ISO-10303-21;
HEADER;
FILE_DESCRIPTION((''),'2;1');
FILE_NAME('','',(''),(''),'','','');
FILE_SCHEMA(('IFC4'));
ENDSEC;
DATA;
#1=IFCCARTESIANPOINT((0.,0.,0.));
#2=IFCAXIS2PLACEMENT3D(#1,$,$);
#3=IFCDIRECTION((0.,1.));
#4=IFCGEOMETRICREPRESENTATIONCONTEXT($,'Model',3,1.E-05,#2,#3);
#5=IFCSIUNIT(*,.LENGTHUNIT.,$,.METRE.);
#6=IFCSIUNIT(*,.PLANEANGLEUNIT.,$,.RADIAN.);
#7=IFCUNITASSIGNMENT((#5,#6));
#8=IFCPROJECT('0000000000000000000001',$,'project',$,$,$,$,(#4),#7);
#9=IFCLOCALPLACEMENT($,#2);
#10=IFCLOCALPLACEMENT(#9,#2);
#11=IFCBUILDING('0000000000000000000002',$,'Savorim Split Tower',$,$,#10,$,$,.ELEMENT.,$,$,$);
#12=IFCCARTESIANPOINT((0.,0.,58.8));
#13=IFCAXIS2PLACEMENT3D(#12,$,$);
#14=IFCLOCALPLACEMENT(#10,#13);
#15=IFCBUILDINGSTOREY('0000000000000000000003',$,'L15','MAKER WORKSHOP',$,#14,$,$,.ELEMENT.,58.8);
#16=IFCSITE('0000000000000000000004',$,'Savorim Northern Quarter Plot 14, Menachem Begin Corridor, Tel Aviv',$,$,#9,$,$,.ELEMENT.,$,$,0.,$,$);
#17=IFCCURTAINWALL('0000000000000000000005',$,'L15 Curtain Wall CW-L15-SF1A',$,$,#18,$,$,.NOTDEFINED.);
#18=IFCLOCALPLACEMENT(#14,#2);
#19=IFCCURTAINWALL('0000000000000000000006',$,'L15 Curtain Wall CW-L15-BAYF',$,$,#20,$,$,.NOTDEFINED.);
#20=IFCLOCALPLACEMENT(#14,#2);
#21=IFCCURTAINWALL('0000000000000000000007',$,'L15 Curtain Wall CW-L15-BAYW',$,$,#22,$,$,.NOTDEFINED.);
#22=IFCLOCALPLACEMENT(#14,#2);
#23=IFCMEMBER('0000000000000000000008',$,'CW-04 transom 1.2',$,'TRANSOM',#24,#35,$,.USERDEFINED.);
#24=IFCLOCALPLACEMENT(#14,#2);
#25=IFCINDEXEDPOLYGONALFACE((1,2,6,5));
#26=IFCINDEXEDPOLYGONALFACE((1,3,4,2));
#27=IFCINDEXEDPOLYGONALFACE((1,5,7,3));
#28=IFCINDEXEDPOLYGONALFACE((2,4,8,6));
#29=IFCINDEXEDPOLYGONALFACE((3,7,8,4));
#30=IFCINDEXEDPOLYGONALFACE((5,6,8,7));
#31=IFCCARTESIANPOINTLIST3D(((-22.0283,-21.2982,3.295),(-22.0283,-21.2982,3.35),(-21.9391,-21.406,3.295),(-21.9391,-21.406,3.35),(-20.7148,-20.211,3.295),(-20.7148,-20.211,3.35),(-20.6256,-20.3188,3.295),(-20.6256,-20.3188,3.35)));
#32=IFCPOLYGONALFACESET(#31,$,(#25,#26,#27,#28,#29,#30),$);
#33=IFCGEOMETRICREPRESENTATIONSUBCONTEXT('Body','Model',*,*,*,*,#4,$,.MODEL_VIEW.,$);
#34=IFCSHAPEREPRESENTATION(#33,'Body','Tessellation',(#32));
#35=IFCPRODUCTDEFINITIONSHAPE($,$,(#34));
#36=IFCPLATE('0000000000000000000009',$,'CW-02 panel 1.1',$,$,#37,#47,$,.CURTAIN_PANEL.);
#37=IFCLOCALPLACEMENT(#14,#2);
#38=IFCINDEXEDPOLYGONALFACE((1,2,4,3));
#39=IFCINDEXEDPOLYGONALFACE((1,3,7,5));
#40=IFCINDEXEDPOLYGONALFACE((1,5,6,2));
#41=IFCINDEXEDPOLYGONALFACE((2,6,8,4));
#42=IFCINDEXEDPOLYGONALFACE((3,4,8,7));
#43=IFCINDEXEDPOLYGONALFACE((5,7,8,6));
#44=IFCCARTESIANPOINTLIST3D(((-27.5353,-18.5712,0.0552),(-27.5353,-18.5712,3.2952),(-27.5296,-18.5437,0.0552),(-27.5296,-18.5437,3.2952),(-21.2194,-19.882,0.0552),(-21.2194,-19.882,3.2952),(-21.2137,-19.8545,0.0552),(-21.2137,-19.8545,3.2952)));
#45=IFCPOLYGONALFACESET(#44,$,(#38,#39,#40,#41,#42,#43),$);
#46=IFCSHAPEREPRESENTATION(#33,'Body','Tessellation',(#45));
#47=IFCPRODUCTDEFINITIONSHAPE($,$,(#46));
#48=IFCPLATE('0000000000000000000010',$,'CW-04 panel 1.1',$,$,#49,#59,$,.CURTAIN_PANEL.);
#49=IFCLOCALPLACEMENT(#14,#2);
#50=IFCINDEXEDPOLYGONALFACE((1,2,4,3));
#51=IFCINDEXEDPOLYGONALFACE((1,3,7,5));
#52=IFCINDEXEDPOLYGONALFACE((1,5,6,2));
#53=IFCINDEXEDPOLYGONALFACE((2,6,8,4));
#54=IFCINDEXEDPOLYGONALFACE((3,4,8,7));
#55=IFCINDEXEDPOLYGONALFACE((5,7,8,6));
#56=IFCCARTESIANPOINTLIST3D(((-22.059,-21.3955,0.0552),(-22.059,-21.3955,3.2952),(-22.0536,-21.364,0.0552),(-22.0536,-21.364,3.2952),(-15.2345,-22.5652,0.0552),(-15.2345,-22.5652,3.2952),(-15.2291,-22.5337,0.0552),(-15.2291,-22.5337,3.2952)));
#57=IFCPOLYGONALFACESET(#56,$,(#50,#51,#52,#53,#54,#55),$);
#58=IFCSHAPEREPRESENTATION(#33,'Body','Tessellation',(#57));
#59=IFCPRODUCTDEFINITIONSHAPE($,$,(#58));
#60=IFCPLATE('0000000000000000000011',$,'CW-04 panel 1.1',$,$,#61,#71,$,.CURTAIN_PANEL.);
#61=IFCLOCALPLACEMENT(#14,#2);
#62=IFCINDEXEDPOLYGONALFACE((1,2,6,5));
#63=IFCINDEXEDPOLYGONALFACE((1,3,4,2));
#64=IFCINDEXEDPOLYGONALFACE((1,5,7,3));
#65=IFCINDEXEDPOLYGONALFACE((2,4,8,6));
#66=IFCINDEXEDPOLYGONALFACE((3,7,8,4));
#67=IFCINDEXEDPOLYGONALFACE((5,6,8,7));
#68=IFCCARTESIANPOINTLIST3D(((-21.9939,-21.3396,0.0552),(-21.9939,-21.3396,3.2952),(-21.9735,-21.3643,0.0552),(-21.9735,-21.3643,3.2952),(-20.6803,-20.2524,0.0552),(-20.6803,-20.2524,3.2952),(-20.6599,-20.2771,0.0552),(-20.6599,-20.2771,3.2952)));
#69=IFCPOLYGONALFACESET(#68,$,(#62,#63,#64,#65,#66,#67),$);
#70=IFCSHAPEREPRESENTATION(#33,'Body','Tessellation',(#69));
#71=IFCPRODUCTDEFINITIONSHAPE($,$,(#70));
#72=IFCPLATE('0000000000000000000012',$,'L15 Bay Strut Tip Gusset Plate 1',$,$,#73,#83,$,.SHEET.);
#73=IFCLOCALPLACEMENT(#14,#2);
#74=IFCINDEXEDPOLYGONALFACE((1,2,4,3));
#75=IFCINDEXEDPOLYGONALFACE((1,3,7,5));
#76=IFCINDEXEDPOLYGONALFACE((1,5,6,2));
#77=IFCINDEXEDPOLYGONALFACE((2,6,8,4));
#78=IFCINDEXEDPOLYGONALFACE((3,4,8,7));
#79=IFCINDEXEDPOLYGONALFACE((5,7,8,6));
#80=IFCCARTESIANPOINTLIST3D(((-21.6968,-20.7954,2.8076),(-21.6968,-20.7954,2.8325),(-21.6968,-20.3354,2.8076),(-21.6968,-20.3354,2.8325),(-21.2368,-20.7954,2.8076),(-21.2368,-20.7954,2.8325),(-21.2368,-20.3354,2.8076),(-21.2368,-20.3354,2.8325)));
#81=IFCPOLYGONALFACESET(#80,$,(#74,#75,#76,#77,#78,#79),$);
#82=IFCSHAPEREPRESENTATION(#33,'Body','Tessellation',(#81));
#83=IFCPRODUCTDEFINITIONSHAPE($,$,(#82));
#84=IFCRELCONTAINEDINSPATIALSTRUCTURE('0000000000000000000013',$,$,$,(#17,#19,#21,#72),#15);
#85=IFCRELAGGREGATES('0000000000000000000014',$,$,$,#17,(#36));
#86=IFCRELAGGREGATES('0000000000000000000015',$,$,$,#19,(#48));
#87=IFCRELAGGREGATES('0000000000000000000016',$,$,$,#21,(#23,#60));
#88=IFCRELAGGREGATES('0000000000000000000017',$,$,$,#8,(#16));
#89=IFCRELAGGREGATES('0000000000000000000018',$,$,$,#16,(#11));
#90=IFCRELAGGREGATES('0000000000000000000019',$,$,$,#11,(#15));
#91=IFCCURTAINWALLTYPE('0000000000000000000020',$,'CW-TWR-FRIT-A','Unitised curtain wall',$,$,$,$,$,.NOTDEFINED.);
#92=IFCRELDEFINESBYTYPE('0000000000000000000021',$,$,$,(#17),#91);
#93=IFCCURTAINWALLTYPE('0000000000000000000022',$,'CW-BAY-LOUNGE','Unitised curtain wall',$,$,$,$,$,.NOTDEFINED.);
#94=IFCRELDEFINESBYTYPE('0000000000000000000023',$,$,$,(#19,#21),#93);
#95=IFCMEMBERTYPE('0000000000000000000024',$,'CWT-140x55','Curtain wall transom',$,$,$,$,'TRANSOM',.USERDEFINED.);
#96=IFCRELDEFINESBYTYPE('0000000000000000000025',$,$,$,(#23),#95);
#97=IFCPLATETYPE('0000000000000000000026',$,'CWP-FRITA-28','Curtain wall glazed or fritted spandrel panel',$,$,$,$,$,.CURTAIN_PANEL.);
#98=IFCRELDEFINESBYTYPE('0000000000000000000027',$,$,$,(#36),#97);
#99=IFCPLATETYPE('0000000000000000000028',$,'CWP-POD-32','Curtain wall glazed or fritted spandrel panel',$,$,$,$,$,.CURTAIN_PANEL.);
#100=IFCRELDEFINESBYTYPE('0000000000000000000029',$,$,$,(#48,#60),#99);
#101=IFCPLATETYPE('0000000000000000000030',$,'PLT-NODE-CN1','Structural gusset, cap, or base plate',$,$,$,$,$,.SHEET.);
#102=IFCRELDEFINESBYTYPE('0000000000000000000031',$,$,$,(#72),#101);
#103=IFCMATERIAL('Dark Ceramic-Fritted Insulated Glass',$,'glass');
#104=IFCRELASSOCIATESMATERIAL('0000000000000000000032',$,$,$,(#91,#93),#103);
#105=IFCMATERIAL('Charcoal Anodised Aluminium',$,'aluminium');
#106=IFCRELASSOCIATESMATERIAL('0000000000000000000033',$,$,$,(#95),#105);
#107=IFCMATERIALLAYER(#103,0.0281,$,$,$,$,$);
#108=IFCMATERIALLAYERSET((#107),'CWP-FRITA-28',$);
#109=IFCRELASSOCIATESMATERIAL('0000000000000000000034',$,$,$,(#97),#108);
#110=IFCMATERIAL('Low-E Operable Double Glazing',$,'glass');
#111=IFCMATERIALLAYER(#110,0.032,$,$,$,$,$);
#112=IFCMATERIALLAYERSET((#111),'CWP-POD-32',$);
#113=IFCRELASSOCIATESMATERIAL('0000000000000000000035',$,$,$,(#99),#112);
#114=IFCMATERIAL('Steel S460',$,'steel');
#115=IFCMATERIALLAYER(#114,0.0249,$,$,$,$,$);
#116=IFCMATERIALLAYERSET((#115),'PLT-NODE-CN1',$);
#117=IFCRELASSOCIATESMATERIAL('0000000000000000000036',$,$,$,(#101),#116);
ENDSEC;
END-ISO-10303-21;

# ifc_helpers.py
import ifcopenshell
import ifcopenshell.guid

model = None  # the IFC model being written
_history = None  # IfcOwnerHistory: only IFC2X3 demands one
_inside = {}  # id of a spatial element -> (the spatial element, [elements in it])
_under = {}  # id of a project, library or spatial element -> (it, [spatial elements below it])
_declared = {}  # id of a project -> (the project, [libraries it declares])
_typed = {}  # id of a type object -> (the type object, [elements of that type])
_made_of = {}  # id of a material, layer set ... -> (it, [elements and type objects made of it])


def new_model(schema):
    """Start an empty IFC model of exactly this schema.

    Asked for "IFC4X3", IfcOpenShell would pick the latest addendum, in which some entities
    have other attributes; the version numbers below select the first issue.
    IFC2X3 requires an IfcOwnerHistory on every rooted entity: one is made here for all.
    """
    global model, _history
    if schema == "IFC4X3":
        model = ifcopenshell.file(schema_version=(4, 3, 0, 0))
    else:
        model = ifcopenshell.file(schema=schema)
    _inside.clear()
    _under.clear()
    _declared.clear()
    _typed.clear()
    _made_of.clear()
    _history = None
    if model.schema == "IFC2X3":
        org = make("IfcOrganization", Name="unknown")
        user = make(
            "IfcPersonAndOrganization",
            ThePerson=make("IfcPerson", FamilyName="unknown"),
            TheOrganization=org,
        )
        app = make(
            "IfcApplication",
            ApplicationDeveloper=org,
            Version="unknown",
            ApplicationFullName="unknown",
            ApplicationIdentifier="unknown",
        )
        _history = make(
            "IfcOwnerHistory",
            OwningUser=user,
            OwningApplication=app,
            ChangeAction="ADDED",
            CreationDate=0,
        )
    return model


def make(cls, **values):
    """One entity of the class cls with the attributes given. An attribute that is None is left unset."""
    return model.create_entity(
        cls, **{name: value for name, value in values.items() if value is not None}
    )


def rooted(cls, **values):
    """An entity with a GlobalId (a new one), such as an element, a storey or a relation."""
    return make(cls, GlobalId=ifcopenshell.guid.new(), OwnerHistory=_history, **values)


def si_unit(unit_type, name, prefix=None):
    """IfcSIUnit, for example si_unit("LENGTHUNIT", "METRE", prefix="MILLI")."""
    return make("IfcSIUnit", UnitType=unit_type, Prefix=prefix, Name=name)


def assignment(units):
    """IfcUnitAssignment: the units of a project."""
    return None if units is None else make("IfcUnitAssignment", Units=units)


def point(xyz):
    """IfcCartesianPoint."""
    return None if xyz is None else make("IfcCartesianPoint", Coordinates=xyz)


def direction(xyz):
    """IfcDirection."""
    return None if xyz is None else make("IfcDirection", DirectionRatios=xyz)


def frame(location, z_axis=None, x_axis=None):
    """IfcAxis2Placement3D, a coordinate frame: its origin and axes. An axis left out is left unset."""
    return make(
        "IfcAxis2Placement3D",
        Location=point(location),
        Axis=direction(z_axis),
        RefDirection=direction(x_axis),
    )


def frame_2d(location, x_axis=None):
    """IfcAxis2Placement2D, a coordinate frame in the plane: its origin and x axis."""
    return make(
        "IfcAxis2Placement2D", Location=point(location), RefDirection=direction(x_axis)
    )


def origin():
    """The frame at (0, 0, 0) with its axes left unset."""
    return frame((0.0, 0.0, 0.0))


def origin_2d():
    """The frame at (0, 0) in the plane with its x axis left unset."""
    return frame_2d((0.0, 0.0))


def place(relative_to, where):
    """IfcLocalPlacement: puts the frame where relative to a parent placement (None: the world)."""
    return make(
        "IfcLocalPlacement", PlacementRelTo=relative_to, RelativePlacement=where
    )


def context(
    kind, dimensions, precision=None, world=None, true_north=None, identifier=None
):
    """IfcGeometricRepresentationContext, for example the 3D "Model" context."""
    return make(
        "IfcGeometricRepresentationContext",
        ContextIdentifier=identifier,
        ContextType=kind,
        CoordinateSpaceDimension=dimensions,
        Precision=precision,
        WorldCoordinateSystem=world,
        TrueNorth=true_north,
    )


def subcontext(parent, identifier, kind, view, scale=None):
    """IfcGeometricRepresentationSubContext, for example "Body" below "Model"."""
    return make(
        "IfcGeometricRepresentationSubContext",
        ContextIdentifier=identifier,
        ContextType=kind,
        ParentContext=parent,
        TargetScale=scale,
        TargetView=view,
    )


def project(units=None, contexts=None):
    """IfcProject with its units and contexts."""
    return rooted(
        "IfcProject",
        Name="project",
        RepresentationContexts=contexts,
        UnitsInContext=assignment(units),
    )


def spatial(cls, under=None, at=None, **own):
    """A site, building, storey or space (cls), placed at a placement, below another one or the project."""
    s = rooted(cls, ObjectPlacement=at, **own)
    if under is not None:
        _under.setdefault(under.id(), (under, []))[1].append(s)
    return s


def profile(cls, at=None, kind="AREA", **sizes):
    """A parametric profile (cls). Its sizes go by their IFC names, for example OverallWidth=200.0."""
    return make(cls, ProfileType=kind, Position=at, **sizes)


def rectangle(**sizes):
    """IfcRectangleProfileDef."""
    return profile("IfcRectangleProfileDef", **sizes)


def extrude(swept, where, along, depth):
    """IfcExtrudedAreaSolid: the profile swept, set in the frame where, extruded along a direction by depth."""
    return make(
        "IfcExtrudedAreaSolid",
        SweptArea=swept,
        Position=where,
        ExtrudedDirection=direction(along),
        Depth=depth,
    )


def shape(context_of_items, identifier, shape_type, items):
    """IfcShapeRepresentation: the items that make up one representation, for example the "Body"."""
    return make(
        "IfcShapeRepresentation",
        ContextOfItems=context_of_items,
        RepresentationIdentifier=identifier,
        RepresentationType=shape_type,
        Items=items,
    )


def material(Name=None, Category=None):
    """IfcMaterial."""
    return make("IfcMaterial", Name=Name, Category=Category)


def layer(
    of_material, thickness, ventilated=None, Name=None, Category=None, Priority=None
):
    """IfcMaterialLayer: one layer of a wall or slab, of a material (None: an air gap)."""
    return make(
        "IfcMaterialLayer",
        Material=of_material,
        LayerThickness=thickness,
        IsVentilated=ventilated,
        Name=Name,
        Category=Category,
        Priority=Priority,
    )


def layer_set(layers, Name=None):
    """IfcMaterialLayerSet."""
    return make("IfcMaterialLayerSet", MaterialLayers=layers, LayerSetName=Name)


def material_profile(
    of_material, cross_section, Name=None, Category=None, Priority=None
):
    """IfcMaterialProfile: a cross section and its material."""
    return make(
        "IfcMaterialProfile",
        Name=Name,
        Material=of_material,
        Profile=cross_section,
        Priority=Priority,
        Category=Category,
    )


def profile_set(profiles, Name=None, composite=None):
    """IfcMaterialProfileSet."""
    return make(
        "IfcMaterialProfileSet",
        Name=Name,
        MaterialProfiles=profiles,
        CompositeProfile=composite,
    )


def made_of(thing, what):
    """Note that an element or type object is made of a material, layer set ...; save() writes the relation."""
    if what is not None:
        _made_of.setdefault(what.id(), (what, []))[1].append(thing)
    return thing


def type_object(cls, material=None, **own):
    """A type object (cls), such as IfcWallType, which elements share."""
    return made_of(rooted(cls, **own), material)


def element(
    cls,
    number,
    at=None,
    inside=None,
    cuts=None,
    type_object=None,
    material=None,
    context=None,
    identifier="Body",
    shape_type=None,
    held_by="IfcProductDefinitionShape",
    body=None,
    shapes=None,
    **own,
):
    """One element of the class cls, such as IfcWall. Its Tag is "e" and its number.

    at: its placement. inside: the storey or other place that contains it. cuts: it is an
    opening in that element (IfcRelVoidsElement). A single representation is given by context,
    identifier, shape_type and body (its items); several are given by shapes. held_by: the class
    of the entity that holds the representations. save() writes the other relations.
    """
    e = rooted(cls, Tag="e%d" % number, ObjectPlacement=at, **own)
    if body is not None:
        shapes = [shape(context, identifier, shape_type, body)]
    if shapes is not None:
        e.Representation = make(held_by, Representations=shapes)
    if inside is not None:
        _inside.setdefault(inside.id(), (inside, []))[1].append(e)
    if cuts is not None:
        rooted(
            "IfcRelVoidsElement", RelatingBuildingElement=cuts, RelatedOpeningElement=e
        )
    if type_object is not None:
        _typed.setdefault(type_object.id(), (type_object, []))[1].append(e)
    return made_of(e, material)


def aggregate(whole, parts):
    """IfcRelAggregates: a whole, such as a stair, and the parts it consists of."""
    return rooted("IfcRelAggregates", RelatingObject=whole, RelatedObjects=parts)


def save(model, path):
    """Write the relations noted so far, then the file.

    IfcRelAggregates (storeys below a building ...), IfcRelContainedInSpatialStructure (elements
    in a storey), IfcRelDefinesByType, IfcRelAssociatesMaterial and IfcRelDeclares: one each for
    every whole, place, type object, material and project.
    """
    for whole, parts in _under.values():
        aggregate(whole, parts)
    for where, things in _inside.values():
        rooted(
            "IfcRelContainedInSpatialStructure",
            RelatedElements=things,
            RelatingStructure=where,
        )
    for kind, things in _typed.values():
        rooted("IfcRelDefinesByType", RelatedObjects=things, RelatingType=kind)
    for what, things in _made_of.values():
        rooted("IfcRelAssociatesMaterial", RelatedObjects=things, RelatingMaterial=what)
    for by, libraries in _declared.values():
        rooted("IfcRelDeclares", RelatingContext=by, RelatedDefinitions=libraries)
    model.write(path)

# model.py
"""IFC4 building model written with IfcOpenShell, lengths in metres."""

from ifc_helpers import new_model, si_unit, direction, frame, origin, origin_2d, place, context, subcontext, project, spatial, rectangle, extrude, material, layer, layer_set, material_profile, profile_set, type_object, element, aggregate, save


model = new_model("IFC4")

# Units and contexts
model_context = context("Model", 3, precision=1e-05, world=origin(), true_north=direction((0.0, 1.0)))
body_context = subcontext(model_context, "Body", "Model", "MODEL_VIEW")
ifc_project = project(units=[si_unit("LENGTHUNIT", "METRE"), si_unit("PLANEANGLEUNIT", "RADIAN")], contexts=[model_context])

# Site, building, storey
site_placement = place(None, origin())
site = spatial("IfcSite", under=ifc_project, at=site_placement, Name="Savorim Northern Quarter Plot 14, Menachem Begin Corridor, Tel Aviv", CompositionType="ELEMENT", RefElevation=0.0)
building_placement = place(site_placement, origin())
building = spatial("IfcBuilding", under=site, at=building_placement, Name="Savorim Split Tower", CompositionType="ELEMENT")
storey_placement = place(building_placement, frame((0.0, 0.0, 58.8)))
storey = spatial("IfcBuildingStorey", under=building, at=storey_placement, Name="L15", Description="MAKER WORKSHOP", CompositionType="ELEMENT", Elevation=58.8)

# Curtain wall
ifc_material_1 = material(Name="Dark Ceramic-Fritted Insulated Glass", Category="glass")
curtain_wall_type_1 = type_object("IfcCurtainWallType", Name="CW-TWR-FRIT-A", Description="Unitised curtain wall", PredefinedType="NOTDEFINED", material=ifc_material_1)
curtain_wall_1_placement = place(storey_placement, origin())
curtain_wall_1 = element("IfcCurtainWall", 1, at=curtain_wall_1_placement, inside=storey, type_object=curtain_wall_type_1, Name="L15 Curtain Wall CW-L15-SF1A", PredefinedType="NOTDEFINED")
ifc_material_2 = material(Name="Charcoal Anodised Aluminium", Category="aluminium")

# Curtain walls
curtain_wall_type_2 = type_object("IfcCurtainWallType", Name="CW-BAY-LOUNGE", Description="Unitised curtain wall", PredefinedType="NOTDEFINED", material=ifc_material_1)
curtain_wall_2_placement = place(storey_placement, origin())
curtain_wall_2 = element("IfcCurtainWall", 2, at=curtain_wall_2_placement, inside=storey, type_object=curtain_wall_type_2, Name="L15 Curtain Wall CW-L15-BAYF", PredefinedType="NOTDEFINED")
curtain_wall_3_placement = place(storey_placement, origin())
curtain_wall_3 = element("IfcCurtainWall", 3, at=curtain_wall_3_placement, inside=storey, type_object=curtain_wall_type_2, Name="L15 Curtain Wall CW-L15-BAYW", PredefinedType="NOTDEFINED")

# Member
ifc_material_profile_1 = material_profile(ifc_material_2, rectangle(XDim=0.1399, YDim=0.0549, at=origin_2d()), Name="ALU-T 140x55")
ifc_profile_set_1 = profile_set([ifc_material_profile_1], Name="Charcoal Anodised Aluminium")
member_type_1 = type_object("IfcMemberType", Name="CWT-140x55", Description="Curtain wall transom", ElementType="TRANSOM", PredefinedType="USERDEFINED", material=ifc_profile_set_1)
member_1_placement = place(storey_placement, frame((-20.6702, -20.2649, 3.3225), z_axis=(-0.770353, -0.637618, 0.0), x_axis=(0.637618, -0.770353, 0.0)))
member_1 = element("IfcMember", 4, at=member_1_placement, type_object=member_type_1, Name="CW-04 transom 1.2", ObjectType="TRANSOM", PredefinedType="USERDEFINED", context=body_context, shape_type="SweptSolid", body=[
    extrude(rectangle(XDim=0.1399, YDim=0.0549, at=origin_2d()), origin(), (0.0, 0.0, 1.0), 1.7051),
])

# Plates
ifc_layer_1 = layer(ifc_material_1, 0.0281)
ifc_layer_set_1 = layer_set([ifc_layer_1], Name="CWP-FRITA-28")
plate_type_1 = type_object("IfcPlateType", Name="CWP-FRITA-28", Description="Curtain wall glazed or fritted spandrel panel", PredefinedType="CURTAIN_PANEL", material=ifc_layer_set_1)
plate_1_placement = place(storey_placement, frame((-24.3745, -19.2129, 0.0552), z_axis=(0.0, 0.0, 1.0), x_axis=(0.979135, -0.20321, 0.0)))
plate_1 = element("IfcPlate", 5, at=plate_1_placement, type_object=plate_type_1, Name="CW-02 panel 1.1", PredefinedType="CURTAIN_PANEL", context=body_context, shape_type="SweptSolid", body=[
    extrude(rectangle(XDim=6.4504, YDim=0.0281, at=origin_2d()), origin(), (0.0, 0.0, 1.0), 3.24),
])
aggregate(curtain_wall_1, [plate_1])
ifc_material_3 = material(Name="Low-E Operable Double Glazing", Category="glass")
ifc_layer_2 = layer(ifc_material_3, 0.032)
ifc_layer_set_2 = layer_set([ifc_layer_2], Name="CWP-POD-32")
plate_type_2 = type_object("IfcPlateType", Name="CWP-POD-32", Description="Curtain wall glazed or fritted spandrel panel", PredefinedType="CURTAIN_PANEL", material=ifc_layer_set_2)
plate_2_placement = place(storey_placement, frame((-18.644, -21.9646, 0.0552), z_axis=(0.0, 0.0, 1.0), x_axis=(0.985629, -0.168923, 0.0)))
plate_2 = element("IfcPlate", 6, at=plate_2_placement, type_object=plate_type_2, Name="CW-04 panel 1.1", PredefinedType="CURTAIN_PANEL", context=body_context, shape_type="SweptSolid", body=[
    extrude(rectangle(XDim=6.9241, YDim=0.032, at=origin_2d()), origin(), (0.0, 0.0, 1.0), 3.24),
])
aggregate(curtain_wall_2, [plate_2])
plate_3_placement = place(storey_placement, frame((-21.3269, -20.8083, 0.0552), z_axis=(0.0, 0.0, 1.0), x_axis=(-0.770361, -0.637608, 0.0)))
plate_3 = element("IfcPlate", 7, at=plate_3_placement, type_object=plate_type_2, Name="CW-04 panel 1.1", PredefinedType="CURTAIN_PANEL", context=body_context, shape_type="SweptSolid", body=[
    extrude(rectangle(XDim=1.7051, YDim=0.032, at=origin_2d()), origin(), (0.0, 0.0, 1.0), 3.24),
])
aggregate(curtain_wall_3, [member_1, plate_3])
ifc_material_4 = material(Name="Steel S460", Category="steel")
ifc_layer_3 = layer(ifc_material_4, 0.0249)
ifc_layer_set_3 = layer_set([ifc_layer_3], Name="PLT-NODE-CN1")
plate_type_3 = type_object("IfcPlateType", Name="PLT-NODE-CN1", Description="Structural gusset, cap, or base plate", PredefinedType="SHEET", material=ifc_layer_set_3)
plate_4_placement = place(storey_placement, frame((-21.4668, -20.5654, 2.8076), z_axis=(0.0, 0.0, 1.0), x_axis=(1.0, 0.0, 0.0)))
element("IfcPlate", 8, at=plate_4_placement, inside=storey, type_object=plate_type_3, Name="L15 Bay Strut Tip Gusset Plate 1", PredefinedType="SHEET", context=body_context, shape_type="SweptSolid", body=[
    extrude(rectangle(XDim=0.46, YDim=0.46, at=origin_2d()), origin(), (0.0, 0.0, 1.0), 0.0249),
])

save(model, "model.ifc")
